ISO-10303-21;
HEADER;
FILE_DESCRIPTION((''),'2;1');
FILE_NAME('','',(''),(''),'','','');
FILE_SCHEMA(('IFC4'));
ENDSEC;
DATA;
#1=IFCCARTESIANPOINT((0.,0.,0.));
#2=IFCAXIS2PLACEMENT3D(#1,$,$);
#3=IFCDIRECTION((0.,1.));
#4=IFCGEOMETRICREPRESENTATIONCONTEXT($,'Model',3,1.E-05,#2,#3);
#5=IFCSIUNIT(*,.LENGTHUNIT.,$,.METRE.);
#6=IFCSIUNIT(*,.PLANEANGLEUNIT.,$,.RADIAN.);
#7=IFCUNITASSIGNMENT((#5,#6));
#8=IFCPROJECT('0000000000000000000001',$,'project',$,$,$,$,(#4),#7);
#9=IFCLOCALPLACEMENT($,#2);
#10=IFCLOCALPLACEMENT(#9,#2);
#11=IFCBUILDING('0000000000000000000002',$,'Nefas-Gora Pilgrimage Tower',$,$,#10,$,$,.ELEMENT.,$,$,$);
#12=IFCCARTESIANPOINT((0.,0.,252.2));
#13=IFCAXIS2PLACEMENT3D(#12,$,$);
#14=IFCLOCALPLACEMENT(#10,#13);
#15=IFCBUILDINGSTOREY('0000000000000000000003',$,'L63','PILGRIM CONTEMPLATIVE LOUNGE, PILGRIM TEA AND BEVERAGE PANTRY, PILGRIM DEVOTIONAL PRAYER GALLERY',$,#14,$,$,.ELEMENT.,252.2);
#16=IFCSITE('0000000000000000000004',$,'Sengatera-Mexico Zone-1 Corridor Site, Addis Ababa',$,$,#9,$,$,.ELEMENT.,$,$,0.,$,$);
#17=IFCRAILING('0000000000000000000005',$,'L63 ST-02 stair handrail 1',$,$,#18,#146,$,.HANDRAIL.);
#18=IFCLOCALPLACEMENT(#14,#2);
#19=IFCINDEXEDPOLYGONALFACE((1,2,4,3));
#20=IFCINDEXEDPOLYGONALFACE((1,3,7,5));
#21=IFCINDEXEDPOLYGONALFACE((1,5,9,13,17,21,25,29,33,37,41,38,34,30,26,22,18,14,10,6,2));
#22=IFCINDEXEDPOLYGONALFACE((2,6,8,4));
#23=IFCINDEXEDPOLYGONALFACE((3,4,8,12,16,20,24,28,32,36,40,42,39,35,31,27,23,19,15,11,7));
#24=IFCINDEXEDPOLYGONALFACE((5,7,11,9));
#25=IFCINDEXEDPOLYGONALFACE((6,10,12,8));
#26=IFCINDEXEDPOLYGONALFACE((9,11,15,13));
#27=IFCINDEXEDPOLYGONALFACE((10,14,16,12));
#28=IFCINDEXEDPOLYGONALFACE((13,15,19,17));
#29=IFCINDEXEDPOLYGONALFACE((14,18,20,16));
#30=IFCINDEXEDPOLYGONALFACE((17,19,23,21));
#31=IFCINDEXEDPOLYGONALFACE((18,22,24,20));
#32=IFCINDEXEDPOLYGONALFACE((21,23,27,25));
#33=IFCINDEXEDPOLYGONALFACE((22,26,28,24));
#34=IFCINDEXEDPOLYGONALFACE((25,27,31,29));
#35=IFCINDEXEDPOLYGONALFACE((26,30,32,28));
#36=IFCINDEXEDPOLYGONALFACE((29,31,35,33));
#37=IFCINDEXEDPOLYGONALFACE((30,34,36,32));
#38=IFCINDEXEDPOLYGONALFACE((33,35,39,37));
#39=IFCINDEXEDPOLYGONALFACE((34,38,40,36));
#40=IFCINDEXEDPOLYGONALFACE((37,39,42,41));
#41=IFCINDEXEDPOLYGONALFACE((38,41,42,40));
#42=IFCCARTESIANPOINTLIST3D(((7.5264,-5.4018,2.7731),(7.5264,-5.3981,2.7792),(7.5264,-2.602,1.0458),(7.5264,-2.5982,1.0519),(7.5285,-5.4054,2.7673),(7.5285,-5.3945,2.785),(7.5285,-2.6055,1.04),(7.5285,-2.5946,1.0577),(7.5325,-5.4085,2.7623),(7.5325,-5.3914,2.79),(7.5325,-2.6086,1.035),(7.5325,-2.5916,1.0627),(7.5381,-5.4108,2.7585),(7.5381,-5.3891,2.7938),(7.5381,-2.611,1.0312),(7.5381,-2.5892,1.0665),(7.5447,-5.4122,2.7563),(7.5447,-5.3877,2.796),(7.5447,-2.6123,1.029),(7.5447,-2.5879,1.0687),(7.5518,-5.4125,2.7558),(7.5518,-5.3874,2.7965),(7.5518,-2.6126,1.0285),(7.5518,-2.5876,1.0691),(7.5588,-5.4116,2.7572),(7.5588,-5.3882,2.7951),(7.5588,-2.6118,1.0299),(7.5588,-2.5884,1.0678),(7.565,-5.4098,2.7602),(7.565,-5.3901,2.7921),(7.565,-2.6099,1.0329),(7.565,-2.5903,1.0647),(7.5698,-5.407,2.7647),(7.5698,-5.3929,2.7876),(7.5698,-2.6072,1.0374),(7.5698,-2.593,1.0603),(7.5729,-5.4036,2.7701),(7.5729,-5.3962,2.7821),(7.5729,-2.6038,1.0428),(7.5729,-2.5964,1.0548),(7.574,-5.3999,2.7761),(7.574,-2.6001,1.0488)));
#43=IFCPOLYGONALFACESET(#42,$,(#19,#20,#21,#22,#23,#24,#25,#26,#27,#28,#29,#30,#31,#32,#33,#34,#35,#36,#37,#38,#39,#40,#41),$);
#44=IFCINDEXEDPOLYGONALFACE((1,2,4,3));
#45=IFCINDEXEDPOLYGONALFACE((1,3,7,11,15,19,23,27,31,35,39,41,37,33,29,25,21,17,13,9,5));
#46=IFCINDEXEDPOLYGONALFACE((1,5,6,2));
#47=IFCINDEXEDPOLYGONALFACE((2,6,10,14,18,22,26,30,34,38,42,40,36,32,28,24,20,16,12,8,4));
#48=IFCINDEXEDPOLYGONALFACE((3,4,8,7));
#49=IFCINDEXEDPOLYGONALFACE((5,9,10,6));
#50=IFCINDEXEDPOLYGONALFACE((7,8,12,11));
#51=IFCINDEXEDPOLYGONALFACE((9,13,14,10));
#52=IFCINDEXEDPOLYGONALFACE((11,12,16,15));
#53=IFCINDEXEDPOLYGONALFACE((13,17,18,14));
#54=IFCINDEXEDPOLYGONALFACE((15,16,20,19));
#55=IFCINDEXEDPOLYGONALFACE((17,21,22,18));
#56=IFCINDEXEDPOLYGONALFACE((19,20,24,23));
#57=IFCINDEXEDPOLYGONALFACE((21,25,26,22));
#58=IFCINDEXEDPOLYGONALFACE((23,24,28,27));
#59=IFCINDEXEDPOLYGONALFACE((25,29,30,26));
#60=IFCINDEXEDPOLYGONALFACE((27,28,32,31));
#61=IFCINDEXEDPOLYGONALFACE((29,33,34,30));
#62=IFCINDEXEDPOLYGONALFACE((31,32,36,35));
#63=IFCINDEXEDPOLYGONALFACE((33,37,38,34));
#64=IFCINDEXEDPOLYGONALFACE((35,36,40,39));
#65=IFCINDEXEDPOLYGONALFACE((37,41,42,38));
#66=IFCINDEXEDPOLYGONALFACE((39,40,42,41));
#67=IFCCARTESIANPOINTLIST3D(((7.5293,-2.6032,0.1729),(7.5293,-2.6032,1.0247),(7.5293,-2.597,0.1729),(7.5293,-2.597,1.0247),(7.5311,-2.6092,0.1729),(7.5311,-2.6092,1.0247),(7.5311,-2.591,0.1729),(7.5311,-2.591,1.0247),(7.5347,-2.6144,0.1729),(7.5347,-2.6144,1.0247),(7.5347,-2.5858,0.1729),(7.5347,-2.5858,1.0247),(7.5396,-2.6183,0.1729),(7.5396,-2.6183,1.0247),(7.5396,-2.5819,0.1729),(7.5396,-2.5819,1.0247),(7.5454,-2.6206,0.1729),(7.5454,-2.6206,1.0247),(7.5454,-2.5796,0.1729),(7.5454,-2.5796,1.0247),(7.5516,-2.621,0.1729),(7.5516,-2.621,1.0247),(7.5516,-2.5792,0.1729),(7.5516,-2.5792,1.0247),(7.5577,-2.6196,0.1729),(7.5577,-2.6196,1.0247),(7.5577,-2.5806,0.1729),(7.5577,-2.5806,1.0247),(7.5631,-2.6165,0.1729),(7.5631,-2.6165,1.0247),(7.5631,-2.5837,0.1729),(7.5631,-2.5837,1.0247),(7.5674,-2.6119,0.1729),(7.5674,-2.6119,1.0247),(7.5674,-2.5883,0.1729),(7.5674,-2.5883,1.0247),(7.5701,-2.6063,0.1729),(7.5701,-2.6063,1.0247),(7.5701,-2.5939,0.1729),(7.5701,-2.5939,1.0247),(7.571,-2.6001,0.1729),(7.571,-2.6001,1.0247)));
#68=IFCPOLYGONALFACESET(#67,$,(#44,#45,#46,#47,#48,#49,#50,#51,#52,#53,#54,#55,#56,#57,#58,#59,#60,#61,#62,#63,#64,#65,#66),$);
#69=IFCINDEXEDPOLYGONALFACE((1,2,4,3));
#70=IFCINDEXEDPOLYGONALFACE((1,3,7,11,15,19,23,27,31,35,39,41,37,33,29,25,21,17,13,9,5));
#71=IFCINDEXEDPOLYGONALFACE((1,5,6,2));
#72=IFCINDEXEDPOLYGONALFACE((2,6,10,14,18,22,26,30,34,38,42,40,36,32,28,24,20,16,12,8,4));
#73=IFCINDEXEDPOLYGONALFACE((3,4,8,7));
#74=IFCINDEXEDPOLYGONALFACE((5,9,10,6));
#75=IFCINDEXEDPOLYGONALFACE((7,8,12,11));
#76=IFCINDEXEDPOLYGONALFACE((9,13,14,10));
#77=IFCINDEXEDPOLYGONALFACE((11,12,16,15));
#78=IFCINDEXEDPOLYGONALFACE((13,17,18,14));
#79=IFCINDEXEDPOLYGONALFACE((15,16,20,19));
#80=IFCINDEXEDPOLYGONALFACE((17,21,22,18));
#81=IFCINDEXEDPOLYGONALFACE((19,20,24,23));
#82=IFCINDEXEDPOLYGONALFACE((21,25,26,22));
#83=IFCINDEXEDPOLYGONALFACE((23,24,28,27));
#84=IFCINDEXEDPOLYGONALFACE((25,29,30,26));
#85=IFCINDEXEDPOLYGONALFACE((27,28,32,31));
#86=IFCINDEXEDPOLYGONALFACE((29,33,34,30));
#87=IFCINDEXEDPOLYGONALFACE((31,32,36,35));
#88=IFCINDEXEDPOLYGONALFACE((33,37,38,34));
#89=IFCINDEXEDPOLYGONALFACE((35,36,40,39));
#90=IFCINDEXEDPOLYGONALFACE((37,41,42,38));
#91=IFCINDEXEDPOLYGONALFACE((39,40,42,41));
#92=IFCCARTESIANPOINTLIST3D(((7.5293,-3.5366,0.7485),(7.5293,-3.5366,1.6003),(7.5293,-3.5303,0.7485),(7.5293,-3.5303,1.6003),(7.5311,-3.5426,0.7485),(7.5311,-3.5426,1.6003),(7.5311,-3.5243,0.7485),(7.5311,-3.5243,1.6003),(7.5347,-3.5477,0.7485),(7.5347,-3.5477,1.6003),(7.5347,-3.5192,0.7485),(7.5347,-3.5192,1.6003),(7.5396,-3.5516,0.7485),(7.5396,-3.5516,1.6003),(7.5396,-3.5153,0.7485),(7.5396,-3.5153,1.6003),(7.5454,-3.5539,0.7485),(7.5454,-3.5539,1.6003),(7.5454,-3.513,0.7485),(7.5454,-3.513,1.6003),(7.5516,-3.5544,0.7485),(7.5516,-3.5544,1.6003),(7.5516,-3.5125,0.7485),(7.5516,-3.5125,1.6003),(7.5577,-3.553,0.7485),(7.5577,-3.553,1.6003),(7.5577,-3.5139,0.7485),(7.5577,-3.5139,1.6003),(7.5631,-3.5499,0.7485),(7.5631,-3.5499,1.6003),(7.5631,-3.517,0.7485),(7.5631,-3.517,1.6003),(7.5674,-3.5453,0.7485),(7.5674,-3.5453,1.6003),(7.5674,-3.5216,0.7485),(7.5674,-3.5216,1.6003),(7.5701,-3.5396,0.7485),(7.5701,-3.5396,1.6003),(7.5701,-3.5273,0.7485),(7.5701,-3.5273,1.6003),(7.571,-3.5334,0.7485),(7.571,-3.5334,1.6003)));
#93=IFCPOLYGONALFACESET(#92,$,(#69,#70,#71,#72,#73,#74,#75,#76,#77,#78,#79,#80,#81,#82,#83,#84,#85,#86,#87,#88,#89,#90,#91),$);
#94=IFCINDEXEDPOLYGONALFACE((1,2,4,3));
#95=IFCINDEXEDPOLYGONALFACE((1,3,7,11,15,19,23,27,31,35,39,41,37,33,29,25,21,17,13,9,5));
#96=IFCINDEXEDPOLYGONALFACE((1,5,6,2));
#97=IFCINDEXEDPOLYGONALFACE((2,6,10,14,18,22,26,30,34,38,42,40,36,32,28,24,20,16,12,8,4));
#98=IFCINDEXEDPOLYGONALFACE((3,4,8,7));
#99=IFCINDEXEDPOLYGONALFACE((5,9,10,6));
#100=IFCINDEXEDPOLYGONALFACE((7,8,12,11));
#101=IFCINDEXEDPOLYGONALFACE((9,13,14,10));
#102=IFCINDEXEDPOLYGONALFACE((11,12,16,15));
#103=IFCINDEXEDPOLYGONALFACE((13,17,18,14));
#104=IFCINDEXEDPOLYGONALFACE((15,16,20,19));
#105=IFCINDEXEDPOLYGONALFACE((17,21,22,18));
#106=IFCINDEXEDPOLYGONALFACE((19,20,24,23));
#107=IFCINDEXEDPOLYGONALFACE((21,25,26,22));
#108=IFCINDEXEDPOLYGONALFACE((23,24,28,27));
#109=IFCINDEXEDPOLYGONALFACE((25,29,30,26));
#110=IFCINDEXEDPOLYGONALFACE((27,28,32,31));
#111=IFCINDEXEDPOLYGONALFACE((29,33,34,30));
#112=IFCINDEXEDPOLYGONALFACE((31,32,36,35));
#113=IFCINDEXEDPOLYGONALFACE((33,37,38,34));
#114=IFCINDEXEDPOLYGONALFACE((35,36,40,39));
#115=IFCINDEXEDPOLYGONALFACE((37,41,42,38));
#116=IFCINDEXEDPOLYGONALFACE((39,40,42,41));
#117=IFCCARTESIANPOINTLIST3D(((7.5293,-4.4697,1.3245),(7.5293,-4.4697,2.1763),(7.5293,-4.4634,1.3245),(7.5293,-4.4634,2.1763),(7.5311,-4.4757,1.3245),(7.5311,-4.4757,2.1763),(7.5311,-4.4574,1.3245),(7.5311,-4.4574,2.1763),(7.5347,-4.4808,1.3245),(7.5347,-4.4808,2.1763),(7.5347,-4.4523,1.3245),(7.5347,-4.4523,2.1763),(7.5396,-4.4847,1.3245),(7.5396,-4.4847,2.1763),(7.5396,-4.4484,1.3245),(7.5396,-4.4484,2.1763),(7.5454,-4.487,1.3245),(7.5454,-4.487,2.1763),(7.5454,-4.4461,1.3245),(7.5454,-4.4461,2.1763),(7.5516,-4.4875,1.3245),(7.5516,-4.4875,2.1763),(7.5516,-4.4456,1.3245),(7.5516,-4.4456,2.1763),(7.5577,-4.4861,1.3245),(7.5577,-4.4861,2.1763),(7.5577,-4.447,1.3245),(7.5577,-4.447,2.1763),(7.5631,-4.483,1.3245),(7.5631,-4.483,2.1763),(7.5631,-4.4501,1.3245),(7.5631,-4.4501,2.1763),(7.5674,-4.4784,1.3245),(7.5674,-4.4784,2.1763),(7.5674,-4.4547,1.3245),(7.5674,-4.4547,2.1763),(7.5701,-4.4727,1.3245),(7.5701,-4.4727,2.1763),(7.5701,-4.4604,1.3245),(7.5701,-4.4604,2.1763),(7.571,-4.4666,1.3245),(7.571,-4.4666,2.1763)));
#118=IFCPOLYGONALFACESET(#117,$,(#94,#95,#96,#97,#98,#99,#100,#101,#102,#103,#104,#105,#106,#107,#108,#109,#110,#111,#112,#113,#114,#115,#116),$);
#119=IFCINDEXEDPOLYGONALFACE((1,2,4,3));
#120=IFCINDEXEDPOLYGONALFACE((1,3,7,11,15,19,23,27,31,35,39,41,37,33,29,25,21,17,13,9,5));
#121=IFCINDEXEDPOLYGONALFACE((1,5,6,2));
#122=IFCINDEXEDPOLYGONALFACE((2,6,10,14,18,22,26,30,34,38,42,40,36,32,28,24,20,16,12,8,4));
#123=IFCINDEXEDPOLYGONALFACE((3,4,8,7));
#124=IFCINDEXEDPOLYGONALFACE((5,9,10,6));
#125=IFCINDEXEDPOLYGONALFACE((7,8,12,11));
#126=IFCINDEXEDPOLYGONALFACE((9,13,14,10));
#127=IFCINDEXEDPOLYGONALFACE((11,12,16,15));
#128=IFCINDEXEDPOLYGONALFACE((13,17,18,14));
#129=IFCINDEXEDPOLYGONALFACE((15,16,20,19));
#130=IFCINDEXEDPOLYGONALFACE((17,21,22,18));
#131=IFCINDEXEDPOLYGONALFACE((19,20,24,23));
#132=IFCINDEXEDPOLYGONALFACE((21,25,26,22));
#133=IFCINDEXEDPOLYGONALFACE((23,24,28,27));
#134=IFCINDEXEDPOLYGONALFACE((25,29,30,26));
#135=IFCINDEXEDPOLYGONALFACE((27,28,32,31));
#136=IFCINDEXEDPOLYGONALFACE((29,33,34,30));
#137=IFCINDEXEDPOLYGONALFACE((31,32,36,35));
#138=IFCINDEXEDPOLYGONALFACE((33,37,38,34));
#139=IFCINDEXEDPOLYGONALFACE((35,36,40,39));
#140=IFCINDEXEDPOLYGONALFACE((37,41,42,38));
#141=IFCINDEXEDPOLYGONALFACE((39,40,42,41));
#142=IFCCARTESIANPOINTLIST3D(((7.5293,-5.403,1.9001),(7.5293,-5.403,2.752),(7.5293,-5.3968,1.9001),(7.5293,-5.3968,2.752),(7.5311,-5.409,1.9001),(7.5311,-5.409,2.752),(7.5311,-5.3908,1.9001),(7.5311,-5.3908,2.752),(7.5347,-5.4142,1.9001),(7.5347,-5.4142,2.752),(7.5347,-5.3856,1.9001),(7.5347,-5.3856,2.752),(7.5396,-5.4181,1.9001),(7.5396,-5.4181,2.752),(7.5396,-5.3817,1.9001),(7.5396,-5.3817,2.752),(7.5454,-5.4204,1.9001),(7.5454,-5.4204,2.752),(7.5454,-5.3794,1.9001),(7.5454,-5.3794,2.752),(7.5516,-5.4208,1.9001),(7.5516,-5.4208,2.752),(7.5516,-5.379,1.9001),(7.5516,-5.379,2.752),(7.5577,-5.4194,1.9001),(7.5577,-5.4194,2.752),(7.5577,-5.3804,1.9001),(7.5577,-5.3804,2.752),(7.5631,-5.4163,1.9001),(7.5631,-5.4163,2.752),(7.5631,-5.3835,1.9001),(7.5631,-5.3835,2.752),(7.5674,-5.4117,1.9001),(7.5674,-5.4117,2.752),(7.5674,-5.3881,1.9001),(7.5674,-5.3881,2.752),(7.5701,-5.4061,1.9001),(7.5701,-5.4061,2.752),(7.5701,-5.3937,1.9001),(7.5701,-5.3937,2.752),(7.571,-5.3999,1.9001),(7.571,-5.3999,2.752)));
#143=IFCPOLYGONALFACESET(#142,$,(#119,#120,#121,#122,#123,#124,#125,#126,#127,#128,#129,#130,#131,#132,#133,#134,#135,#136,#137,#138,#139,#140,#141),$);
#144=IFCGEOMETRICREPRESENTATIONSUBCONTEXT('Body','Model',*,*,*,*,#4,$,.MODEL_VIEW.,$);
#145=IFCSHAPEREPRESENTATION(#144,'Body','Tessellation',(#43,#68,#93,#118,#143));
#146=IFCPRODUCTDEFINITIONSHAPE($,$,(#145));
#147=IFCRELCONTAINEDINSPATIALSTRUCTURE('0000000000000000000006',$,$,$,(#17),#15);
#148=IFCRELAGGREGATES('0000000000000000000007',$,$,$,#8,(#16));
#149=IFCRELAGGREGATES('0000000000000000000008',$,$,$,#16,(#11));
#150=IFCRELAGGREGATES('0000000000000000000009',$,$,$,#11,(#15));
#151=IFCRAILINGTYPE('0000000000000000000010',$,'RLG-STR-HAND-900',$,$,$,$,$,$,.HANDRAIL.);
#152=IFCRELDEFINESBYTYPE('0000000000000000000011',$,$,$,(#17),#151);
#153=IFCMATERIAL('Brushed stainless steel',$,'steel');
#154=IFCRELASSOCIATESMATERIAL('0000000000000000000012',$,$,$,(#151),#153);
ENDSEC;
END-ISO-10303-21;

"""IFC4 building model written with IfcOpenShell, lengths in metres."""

from ifc_helpers import new_model, si_unit, direction, frame, origin, origin_2d, place, context, subcontext, project, spatial, circle, extrude, material, type_object, element, save


model = new_model("IFC4")

# Units and contexts
model_context = context("Model", 3, precision=1e-05, world=origin(), true_north=direction((0.0, 1.0)))
body_context = subcontext(model_context, "Body", "Model", "MODEL_VIEW")
ifc_project = project(units=[si_unit("LENGTHUNIT", "METRE"), si_unit("PLANEANGLEUNIT", "RADIAN")], contexts=[model_context])

# Site, building, storey
site_placement = place(None, origin())
site = spatial("IfcSite", under=ifc_project, at=site_placement, Name="Sengatera-Mexico Zone-1 Corridor Site, Addis Ababa", CompositionType="ELEMENT", RefElevation=0.0)
building_placement = place(site_placement, origin())
building = spatial("IfcBuilding", under=site, at=building_placement, Name="Nefas-Gora Pilgrimage Tower", CompositionType="ELEMENT")
storey_placement = place(building_placement, frame((0.0, 0.0, 252.2)))
storey = spatial("IfcBuildingStorey", under=building, at=storey_placement, Name="L63", Description="PILGRIM CONTEMPLATIVE LOUNGE, PILGRIM TEA AND BEVERAGE PANTRY, PILGRIM DEVOTIONAL PRAYER GALLERY", CompositionType="ELEMENT", Elevation=252.2)

# Railing
ifc_material_1 = material(Name="Brushed stainless steel", Category="steel")
railing_type_1 = type_object("IfcRailingType", Name="RLG-STR-HAND-900", PredefinedType="HANDRAIL", material=ifc_material_1)
railing_1_placement = place(storey_placement, frame((7.55, -2.6001, 0.1729)))
element("IfcRailing", 1, at=railing_1_placement, inside=storey, type_object=railing_type_1, Name="L63 ST-02 stair handrail 1", PredefinedType="HANDRAIL", context=body_context, shape_type="SweptSolid", body=[
    extrude(circle(Radius=0.0239, at=origin_2d()), frame((0.0, 0.0, 0.876), z_axis=(0.0, -0.851069, 0.525054), x_axis=(1.0, 0.0, 0.0)), (0.0, 0.0, 1.0), 3.2898),
    extrude(circle(Radius=0.021, at=origin_2d()), origin(), (0.0, 0.0, 1.0), 0.8518),
    extrude(circle(Radius=0.021, at=origin_2d()), frame((0.0, -0.9333, 0.5757)), (0.0, 0.0, 1.0), 0.8518),
    extrude(circle(Radius=0.021, at=origin_2d()), frame((0.0, -1.8665, 1.1516)), (0.0, 0.0, 1.0), 0.8518),
    extrude(circle(Radius=0.021, at=origin_2d()), frame((0.0, -2.7998, 1.7273)), (0.0, 0.0, 1.0), 0.8518),
])

save(model, "model.ifc")
